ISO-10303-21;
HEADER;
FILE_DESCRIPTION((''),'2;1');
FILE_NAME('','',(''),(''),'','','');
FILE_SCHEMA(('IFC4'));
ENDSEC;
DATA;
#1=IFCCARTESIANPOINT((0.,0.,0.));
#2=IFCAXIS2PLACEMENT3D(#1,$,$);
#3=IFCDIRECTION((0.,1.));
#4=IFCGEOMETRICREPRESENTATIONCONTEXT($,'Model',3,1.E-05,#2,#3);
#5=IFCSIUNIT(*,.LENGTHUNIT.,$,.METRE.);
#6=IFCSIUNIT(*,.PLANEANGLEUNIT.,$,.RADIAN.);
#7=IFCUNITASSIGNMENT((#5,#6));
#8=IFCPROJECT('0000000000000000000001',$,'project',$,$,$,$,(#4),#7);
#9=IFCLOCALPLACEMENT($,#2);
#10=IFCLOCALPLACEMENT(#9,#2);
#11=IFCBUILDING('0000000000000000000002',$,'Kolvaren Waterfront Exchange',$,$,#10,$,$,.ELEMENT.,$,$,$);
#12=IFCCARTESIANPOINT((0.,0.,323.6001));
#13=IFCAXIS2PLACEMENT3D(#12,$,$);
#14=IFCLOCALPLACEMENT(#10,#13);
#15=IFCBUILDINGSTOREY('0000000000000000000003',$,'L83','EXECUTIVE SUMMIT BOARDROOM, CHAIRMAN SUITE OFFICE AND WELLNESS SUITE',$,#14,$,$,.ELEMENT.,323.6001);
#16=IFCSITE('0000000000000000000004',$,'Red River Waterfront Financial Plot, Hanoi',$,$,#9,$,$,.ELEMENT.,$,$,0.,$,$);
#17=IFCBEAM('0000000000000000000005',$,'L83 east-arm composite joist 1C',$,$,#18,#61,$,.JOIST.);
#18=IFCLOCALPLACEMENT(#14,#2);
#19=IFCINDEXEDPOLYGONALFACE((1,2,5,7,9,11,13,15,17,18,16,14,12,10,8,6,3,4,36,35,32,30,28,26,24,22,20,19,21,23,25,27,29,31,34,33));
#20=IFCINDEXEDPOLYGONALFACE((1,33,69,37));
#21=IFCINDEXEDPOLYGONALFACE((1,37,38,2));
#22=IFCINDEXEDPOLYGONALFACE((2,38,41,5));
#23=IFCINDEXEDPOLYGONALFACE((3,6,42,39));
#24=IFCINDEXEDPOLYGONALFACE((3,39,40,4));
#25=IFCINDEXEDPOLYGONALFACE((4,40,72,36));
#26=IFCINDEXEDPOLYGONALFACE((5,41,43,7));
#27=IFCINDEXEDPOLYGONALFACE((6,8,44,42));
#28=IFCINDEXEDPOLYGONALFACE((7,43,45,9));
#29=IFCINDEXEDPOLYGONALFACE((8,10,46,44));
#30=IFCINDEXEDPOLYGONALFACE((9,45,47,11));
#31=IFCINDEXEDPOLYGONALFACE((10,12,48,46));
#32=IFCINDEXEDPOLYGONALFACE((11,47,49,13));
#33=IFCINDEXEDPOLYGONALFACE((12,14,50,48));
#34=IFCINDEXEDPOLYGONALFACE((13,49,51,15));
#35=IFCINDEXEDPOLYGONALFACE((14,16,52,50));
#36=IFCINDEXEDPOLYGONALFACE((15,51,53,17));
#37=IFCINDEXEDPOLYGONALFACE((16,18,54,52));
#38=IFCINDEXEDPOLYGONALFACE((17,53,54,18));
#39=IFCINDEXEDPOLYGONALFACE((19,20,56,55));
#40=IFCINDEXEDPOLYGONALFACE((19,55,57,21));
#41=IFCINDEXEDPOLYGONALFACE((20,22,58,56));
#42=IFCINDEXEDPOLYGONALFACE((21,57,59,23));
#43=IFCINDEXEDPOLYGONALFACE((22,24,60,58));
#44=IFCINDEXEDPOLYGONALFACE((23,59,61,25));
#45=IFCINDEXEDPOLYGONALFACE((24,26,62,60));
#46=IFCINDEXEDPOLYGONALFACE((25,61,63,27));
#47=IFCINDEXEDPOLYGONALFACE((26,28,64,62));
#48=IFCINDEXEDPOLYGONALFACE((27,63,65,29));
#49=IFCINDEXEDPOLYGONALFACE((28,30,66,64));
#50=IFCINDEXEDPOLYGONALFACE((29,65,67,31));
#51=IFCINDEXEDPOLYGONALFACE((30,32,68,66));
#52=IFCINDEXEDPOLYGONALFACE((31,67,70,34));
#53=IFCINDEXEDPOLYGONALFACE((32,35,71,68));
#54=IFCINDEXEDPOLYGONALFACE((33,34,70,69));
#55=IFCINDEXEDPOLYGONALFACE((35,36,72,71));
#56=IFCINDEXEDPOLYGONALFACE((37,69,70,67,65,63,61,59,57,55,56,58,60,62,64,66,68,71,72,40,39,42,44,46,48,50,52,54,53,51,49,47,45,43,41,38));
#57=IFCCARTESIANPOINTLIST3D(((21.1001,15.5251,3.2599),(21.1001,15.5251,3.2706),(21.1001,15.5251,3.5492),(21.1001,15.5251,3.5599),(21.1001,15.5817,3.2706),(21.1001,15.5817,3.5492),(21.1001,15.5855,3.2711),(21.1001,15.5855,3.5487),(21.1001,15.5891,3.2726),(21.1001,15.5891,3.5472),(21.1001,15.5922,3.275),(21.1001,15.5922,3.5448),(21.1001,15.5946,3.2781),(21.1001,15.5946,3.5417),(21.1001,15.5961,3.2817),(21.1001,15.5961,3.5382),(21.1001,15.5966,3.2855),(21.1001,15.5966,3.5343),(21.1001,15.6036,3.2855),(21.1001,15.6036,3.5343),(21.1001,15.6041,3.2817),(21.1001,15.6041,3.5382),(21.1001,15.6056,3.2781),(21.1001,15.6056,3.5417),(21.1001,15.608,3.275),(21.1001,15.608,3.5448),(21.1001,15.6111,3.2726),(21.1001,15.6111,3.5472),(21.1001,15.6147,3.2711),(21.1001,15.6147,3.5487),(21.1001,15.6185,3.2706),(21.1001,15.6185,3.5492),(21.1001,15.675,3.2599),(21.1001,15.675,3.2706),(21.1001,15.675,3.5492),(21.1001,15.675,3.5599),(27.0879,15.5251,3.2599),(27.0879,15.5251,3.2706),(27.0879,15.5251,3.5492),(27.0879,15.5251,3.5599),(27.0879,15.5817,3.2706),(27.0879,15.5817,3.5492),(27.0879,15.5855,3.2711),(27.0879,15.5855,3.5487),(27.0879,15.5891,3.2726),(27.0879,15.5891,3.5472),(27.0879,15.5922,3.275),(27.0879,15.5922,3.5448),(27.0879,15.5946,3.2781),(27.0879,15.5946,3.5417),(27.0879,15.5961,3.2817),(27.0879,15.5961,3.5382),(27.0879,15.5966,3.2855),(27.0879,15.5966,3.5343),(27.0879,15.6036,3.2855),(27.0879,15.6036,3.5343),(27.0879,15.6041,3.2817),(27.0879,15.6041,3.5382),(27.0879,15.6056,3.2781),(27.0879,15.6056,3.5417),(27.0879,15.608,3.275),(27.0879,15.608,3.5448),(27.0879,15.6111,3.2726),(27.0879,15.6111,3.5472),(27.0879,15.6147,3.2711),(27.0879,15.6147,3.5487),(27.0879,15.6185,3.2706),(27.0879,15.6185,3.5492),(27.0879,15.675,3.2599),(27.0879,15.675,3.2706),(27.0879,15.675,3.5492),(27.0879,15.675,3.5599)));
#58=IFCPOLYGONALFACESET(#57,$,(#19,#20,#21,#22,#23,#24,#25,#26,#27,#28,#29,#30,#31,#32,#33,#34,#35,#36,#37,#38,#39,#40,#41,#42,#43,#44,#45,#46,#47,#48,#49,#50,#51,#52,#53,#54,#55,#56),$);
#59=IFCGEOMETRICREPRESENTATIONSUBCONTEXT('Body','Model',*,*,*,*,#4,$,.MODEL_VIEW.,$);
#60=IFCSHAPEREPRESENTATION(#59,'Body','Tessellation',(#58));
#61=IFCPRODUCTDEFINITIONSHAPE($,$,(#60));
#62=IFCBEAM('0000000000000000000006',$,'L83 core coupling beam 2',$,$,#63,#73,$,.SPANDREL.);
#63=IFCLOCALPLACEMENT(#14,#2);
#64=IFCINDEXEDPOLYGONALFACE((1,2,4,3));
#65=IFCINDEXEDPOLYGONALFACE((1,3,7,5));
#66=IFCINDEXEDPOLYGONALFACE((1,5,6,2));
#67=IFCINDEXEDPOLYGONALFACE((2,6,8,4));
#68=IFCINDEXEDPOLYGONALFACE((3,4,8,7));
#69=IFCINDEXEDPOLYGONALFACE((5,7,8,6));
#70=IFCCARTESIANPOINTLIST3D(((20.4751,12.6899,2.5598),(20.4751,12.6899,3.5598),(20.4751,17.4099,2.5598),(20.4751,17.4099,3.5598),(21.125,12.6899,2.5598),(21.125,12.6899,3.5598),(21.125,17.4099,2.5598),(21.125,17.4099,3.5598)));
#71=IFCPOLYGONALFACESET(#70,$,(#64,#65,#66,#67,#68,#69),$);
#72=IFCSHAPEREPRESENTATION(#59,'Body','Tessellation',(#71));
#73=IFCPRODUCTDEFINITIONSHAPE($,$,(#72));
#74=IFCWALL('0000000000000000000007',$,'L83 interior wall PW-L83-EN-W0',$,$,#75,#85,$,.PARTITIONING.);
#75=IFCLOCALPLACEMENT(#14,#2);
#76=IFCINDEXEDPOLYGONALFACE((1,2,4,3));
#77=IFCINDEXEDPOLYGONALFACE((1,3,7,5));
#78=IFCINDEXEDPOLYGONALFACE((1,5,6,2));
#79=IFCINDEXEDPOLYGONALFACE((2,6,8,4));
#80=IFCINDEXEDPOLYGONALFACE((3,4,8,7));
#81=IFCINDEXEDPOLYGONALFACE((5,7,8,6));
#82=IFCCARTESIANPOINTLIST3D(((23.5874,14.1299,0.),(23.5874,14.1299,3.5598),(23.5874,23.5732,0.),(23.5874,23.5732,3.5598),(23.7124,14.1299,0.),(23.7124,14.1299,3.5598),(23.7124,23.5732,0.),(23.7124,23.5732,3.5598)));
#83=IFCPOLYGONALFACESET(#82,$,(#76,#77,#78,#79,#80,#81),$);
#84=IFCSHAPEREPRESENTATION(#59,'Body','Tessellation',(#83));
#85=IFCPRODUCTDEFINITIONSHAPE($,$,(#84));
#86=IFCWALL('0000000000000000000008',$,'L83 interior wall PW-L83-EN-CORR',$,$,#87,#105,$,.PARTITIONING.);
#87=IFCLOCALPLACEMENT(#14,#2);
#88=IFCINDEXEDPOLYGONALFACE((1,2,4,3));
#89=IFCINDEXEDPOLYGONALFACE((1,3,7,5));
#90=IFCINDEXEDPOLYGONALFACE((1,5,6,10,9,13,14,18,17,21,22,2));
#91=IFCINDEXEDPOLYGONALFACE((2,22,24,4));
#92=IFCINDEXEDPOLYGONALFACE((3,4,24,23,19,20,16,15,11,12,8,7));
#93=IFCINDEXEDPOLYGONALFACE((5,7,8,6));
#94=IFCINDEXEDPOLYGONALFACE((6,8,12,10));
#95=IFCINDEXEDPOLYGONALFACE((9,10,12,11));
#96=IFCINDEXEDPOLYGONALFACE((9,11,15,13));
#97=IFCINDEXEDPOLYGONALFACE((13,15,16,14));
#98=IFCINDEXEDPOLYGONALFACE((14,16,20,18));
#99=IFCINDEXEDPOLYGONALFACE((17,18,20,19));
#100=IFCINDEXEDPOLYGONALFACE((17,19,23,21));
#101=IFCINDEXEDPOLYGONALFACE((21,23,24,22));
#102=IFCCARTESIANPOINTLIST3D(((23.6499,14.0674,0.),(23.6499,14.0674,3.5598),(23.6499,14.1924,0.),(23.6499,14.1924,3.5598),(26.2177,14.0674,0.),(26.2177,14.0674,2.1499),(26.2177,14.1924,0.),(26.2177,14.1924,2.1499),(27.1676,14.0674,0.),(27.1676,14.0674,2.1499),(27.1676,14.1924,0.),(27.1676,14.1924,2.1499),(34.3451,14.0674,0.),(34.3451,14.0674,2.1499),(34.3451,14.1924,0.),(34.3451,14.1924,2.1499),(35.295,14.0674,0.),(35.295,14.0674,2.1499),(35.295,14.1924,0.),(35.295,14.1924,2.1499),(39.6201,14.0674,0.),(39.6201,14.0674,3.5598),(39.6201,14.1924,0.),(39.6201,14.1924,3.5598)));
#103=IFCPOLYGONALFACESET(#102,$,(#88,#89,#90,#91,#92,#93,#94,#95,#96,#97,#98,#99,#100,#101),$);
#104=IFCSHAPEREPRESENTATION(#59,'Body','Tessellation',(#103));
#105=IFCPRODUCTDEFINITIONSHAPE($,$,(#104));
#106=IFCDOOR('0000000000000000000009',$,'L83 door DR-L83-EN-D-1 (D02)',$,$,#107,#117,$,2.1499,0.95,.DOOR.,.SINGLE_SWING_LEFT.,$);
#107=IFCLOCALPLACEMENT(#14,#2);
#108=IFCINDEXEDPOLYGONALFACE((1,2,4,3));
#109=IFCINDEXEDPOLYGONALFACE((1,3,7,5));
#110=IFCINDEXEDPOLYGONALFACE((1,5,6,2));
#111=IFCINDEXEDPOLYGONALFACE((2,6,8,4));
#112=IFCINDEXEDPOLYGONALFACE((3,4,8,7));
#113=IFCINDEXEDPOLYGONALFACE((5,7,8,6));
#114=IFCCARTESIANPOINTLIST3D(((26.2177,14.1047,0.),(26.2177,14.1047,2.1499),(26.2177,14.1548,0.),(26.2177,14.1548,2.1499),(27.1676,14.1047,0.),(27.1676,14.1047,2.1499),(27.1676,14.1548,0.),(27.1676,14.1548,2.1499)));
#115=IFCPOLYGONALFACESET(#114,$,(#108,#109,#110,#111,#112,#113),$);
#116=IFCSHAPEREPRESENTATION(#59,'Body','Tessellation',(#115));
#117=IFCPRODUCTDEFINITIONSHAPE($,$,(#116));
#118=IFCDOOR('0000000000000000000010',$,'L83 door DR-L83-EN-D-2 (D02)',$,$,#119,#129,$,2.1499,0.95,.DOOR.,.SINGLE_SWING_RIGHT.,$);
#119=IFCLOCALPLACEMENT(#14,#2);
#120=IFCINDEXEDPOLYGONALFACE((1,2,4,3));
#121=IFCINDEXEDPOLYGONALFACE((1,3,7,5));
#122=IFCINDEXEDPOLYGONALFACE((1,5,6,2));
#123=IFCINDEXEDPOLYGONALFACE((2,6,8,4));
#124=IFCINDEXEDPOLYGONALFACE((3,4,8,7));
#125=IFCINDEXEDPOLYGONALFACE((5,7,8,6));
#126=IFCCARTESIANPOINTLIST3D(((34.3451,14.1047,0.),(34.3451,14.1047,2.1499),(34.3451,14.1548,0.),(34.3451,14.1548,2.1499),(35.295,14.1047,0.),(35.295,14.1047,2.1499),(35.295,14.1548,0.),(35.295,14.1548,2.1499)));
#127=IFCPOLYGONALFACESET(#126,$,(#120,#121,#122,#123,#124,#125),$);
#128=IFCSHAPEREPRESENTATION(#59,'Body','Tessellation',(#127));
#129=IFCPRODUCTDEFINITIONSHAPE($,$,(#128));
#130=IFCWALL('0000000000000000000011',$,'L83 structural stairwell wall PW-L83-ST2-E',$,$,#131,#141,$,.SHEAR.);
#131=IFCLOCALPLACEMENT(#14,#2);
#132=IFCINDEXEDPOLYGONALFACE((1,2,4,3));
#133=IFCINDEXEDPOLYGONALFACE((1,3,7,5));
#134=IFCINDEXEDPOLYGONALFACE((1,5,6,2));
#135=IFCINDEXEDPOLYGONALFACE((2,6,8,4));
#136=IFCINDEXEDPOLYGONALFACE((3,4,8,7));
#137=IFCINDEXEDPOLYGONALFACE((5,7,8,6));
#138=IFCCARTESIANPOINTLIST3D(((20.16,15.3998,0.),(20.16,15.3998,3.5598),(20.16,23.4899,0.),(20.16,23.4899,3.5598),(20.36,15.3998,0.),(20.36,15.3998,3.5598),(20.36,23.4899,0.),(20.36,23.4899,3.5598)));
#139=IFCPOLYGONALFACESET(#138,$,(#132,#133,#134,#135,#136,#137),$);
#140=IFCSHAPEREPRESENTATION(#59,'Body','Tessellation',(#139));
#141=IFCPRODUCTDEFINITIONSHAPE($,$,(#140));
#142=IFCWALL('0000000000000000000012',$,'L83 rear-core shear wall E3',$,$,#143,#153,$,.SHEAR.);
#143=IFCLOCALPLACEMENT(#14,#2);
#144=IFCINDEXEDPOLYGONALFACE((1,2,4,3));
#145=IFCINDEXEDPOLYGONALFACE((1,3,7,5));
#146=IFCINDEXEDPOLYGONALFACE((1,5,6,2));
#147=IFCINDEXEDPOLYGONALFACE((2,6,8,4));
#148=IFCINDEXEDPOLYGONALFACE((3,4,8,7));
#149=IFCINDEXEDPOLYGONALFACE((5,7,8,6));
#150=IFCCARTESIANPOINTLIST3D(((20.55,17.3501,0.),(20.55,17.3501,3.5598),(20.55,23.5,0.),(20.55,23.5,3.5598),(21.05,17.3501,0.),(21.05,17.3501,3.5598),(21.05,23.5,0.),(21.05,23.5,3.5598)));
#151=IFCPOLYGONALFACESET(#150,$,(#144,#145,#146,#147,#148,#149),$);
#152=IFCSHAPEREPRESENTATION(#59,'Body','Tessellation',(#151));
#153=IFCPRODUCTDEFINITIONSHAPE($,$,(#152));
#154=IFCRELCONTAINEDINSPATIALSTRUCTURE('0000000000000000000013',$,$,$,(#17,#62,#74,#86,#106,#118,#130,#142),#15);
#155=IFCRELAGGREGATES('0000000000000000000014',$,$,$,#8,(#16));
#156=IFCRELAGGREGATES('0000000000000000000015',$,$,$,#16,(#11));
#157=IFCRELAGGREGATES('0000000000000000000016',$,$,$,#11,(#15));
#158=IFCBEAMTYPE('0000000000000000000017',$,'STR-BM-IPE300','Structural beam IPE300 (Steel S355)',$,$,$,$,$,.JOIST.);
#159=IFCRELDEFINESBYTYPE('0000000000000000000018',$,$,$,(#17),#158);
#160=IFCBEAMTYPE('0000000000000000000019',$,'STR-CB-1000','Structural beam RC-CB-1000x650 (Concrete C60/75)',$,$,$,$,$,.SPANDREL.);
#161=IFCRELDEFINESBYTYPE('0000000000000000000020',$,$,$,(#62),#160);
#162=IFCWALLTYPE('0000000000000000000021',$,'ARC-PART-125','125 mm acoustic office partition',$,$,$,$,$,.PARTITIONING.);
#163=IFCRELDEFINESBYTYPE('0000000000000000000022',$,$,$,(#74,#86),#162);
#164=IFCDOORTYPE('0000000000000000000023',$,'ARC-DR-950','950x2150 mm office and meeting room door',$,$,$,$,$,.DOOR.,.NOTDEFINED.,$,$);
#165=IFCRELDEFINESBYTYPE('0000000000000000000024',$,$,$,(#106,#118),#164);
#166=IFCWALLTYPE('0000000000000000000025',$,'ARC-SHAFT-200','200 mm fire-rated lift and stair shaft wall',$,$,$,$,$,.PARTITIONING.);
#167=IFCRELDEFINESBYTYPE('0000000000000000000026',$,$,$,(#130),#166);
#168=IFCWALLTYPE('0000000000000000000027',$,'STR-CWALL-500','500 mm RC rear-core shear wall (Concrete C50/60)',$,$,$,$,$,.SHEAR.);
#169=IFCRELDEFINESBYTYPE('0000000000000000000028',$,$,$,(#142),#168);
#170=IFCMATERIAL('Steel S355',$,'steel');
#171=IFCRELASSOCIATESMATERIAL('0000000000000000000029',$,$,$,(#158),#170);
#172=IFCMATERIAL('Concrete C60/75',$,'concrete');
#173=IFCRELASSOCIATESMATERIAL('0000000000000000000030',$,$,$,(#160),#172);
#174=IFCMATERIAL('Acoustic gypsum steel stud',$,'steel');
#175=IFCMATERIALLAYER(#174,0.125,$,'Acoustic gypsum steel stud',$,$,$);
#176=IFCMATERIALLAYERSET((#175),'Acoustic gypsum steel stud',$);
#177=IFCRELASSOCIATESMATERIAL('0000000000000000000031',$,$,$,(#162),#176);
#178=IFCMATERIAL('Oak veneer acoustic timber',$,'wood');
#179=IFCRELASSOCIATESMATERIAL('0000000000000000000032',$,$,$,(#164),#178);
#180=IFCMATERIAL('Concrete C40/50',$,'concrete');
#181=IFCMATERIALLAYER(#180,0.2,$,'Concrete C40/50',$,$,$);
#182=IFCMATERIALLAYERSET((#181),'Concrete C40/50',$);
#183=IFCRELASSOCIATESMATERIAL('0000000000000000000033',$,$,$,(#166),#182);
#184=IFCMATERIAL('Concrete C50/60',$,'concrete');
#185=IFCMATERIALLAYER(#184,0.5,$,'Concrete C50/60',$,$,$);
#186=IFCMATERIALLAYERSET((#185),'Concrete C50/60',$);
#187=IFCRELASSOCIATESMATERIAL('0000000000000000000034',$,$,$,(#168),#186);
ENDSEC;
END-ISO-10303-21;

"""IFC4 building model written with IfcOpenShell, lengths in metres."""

from ifc_helpers import new_model, si_unit, direction, frame, frame_2d, origin, origin_2d, place, context, subcontext, project, spatial, rectangle, i_section, extrude, material, layer, layer_set, material_profile, profile_set, type_object, element, fill, save


model = new_model("IFC4")

# Units and contexts
model_context = context("Model", 3, precision=1e-05, world=origin(), true_north=direction((0.0, 1.0)))
body_context = subcontext(model_context, "Body", "Model", "MODEL_VIEW")
ifc_project = project(units=[si_unit("LENGTHUNIT", "METRE"), si_unit("PLANEANGLEUNIT", "RADIAN")], contexts=[model_context])

# Site, building, storey
site_placement = place(None, origin())
site = spatial("IfcSite", under=ifc_project, at=site_placement, Name="Red River Waterfront Financial Plot, Hanoi", CompositionType="ELEMENT", RefElevation=0.0)
building_placement = place(site_placement, origin())
building = spatial("IfcBuilding", under=site, at=building_placement, Name="Kolvaren Waterfront Exchange", CompositionType="ELEMENT")
storey_placement = place(building_placement, frame((0.0, 0.0, 323.6001)))
storey = spatial("IfcBuildingStorey", under=building, at=storey_placement, Name="L83", Description="EXECUTIVE SUMMIT BOARDROOM, CHAIRMAN SUITE OFFICE AND WELLNESS SUITE", CompositionType="ELEMENT", Elevation=323.6001)

# Shared definitions
ifc_material_1 = material(Name="Concrete C50/60", Category="concrete")

# Beams
ifc_material_2 = material(Name="Steel S355", Category="steel")
ifc_material_profile_1 = material_profile(ifc_material_2, i_section(OverallWidth=0.1499, OverallDepth=0.3, WebThickness=0.0071, FlangeThickness=0.0107, FilletRadius=0.0149, at=origin_2d()), Name="IPE300")
ifc_profile_set_1 = profile_set([ifc_material_profile_1], Name="Steel S355")
beam_type_1 = type_object("IfcBeamType", Name="STR-BM-IPE300", Description="Structural beam IPE300 (Steel S355)", PredefinedType="JOIST", material=ifc_profile_set_1)
for number, where, z_axis, x_axis, name in (
    (1, (21.1001, 15.6001, 3.4099), (1.0, 0.0, 0.0), (0.0, 1.0, 0.0), "L83 east-arm composite joist 1C"),
):
    element("IfcBeam", number, at=place(storey_placement, frame(where, z_axis=z_axis, x_axis=x_axis)), inside=storey, type_object=beam_type_1, Name=name, PredefinedType="JOIST", context=body_context, shape_type="SweptSolid", body=[
        extrude(i_section(OverallWidth=0.1499, OverallDepth=0.3, WebThickness=0.0071, FlangeThickness=0.0107, FilletRadius=0.0149, at=origin_2d()), origin(), (0.0, 0.0, 1.0), 5.9878),
    ])
ifc_material_3 = material(Name="Concrete C60/75", Category="concrete")
ifc_material_profile_2 = material_profile(ifc_material_3, rectangle(XDim=0.6499, YDim=1.0, at=origin_2d()), Name="RC-CB-1000x650")
ifc_profile_set_2 = profile_set([ifc_material_profile_2], Name="Concrete C60/75")
beam_type_2 = type_object("IfcBeamType", Name="STR-CB-1000", Description="Structural beam RC-CB-1000x650 (Concrete C60/75)", PredefinedType="SPANDREL", material=ifc_profile_set_2)
beam_1_placement = place(storey_placement, frame((20.8, 12.6899, 3.0598), z_axis=(0.0, 1.0, 0.0), x_axis=(-1.0, 0.0, 0.0)))
element("IfcBeam", 2, at=beam_1_placement, inside=storey, type_object=beam_type_2, Name="L83 core coupling beam 2", PredefinedType="SPANDREL", context=body_context, shape_type="SweptSolid", body=[
    extrude(rectangle(XDim=0.6499, YDim=1.0, at=origin_2d()), origin(), (0.0, 0.0, 1.0), 4.72),
])

# Shared definitions
ifc_material_4 = material(Name="Acoustic gypsum steel stud", Category="steel")
ifc_layer_1 = layer(ifc_material_4, 0.125, Name="Acoustic gypsum steel stud")
ifc_layer_set_1 = layer_set([ifc_layer_1], Name="Acoustic gypsum steel stud")
wall_type_1 = type_object("IfcWallType", Name="ARC-PART-125", Description="125 mm acoustic office partition", PredefinedType="PARTITIONING", material=ifc_layer_set_1)
ifc_material_5 = material(Name="Oak veneer acoustic timber", Category="wood")
door_type_1 = type_object("IfcDoorType", Name="ARC-DR-950", Description="950x2150 mm office and meeting room door", OperationType="NOTDEFINED", PredefinedType="DOOR", material=ifc_material_5)

# Wall
wall_1_placement = place(storey_placement, frame((23.6499, 14.1299, 0.0), z_axis=(0.0, 0.0, 1.0), x_axis=(0.0, 1.0, 0.0)))
element("IfcWall", 3, at=wall_1_placement, inside=storey, type_object=wall_type_1, Name="L83 interior wall PW-L83-EN-W0", PredefinedType="PARTITIONING", context=body_context, shape_type="SweptSolid", body=[
    extrude(rectangle(XDim=9.4434, YDim=0.125, at=frame_2d((4.7217, 0.0))), origin(), (0.0, 0.0, 1.0), 3.5598),
])

# Wall, openings, doors
wall_2_placement = place(storey_placement, frame((23.6499, 14.1299, 0.0), z_axis=(0.0, 0.0, 1.0), x_axis=(1.0, 0.0, 0.0)))
wall_2 = element("IfcWall", 4, at=wall_2_placement, inside=storey, type_object=wall_type_1, Name="L83 interior wall PW-L83-EN-CORR", PredefinedType="PARTITIONING", context=body_context, shape_type="SweptSolid", body=[
    extrude(rectangle(XDim=15.9702, YDim=0.125, at=frame_2d((7.9851, 0.0))), origin(), (0.0, 0.0, 1.0), 3.5598),
])
opening_1_placement = place(wall_2_placement, frame((2.5676, 0.0, 0.0)))
opening_1 = element("IfcOpeningElement", 5, at=opening_1_placement, cuts=wall_2, PredefinedType="OPENING", context=body_context, shape_type="SweptSolid", body=[
    extrude(rectangle(XDim=0.95, YDim=2.1499, at=frame_2d((0.4751, 1.075))), frame((0.0, 0.0725, 0.0), z_axis=(0.0, -1.0, 0.0), x_axis=(1.0, 0.0, 0.0)), (0.0, 0.0, 1.0), 0.145),
])
opening_2_placement = place(wall_2_placement, frame((10.6951, 0.0, 0.0)))
opening_2 = element("IfcOpeningElement", 6, at=opening_2_placement, cuts=wall_2, PredefinedType="OPENING", context=body_context, shape_type="SweptSolid", body=[
    extrude(rectangle(XDim=0.95, YDim=2.1499, at=frame_2d((0.4751, 1.075))), frame((0.0, 0.0725, 0.0), z_axis=(0.0, -1.0, 0.0), x_axis=(1.0, 0.0, 0.0)), (0.0, 0.0, 1.0), 0.145),
])
door_1_placement = place(opening_1_placement, origin())
door_1 = element("IfcDoor", 7, at=door_1_placement, inside=storey, type_object=door_type_1, Name="L83 door DR-L83-EN-D-1 (D02)", OperationType="SINGLE_SWING_LEFT", OverallHeight=2.1499, OverallWidth=0.95, PredefinedType="DOOR", context=body_context, shape_type="SweptSolid", body=[
    extrude(rectangle(XDim=0.95, YDim=2.1499, at=frame_2d((0.4751, 1.075))), frame((0.0, 0.0249, 0.0), z_axis=(0.0, -1.0, 0.0), x_axis=(1.0, 0.0, 0.0)), (0.0, 0.0, 1.0), 0.05),
])
fill(opening_1, door_1)
door_2_placement = place(opening_2_placement, origin())
door_2 = element("IfcDoor", 8, at=door_2_placement, inside=storey, type_object=door_type_1, Name="L83 door DR-L83-EN-D-2 (D02)", OperationType="SINGLE_SWING_RIGHT", OverallHeight=2.1499, OverallWidth=0.95, PredefinedType="DOOR", context=body_context, shape_type="SweptSolid", body=[
    extrude(rectangle(XDim=0.95, YDim=2.1499, at=frame_2d((0.4751, 1.075))), frame((0.0, 0.0249, 0.0), z_axis=(0.0, -1.0, 0.0), x_axis=(1.0, 0.0, 0.0)), (0.0, 0.0, 1.0), 0.05),
])
fill(opening_2, door_2)

# Walls
ifc_material_6 = material(Name="Concrete C40/50", Category="concrete")
ifc_layer_2 = layer(ifc_material_6, 0.2, Name="Concrete C40/50")
ifc_layer_set_2 = layer_set([ifc_layer_2], Name="Concrete C40/50")
wall_type_2 = type_object("IfcWallType", Name="ARC-SHAFT-200", Description="200 mm fire-rated lift and stair shaft wall", PredefinedType="PARTITIONING", material=ifc_layer_set_2)
wall_3_placement = place(storey_placement, frame((20.26, 15.3999, 0.0), z_axis=(0.0, 0.0, 1.0), x_axis=(0.0, 1.0, 0.0)))
element("IfcWall", 9, at=wall_3_placement, inside=storey, type_object=wall_type_2, Name="L83 structural stairwell wall PW-L83-ST2-E", PredefinedType="SHEAR", context=body_context, shape_type="SweptSolid", body=[
    extrude(rectangle(XDim=8.0901, YDim=0.2, at=frame_2d((4.0449, 0.0))), origin(), (0.0, 0.0, 1.0), 3.5598),
])
ifc_layer_3 = layer(ifc_material_1, 0.5, Name="Concrete C50/60")
ifc_layer_set_3 = layer_set([ifc_layer_3], Name="Concrete C50/60")
wall_type_3 = type_object("IfcWallType", Name="STR-CWALL-500", Description="500 mm RC rear-core shear wall (Concrete C50/60)", PredefinedType="SHEAR", material=ifc_layer_set_3)
wall_4_placement = place(storey_placement, frame((20.8, 17.3501, 0.0), z_axis=(0.0, 0.0, 1.0), x_axis=(0.0, 1.0, 0.0)))
element("IfcWall", 10, at=wall_4_placement, inside=storey, type_object=wall_type_3, Name="L83 rear-core shear wall E3", PredefinedType="SHEAR", context=body_context, shape_type="SweptSolid", body=[
    extrude(rectangle(XDim=6.1499, YDim=0.5, at=frame_2d((3.075, 0.0))), origin(), (0.0, 0.0, 1.0), 3.5598),
])

save(model, "model.ifc")
